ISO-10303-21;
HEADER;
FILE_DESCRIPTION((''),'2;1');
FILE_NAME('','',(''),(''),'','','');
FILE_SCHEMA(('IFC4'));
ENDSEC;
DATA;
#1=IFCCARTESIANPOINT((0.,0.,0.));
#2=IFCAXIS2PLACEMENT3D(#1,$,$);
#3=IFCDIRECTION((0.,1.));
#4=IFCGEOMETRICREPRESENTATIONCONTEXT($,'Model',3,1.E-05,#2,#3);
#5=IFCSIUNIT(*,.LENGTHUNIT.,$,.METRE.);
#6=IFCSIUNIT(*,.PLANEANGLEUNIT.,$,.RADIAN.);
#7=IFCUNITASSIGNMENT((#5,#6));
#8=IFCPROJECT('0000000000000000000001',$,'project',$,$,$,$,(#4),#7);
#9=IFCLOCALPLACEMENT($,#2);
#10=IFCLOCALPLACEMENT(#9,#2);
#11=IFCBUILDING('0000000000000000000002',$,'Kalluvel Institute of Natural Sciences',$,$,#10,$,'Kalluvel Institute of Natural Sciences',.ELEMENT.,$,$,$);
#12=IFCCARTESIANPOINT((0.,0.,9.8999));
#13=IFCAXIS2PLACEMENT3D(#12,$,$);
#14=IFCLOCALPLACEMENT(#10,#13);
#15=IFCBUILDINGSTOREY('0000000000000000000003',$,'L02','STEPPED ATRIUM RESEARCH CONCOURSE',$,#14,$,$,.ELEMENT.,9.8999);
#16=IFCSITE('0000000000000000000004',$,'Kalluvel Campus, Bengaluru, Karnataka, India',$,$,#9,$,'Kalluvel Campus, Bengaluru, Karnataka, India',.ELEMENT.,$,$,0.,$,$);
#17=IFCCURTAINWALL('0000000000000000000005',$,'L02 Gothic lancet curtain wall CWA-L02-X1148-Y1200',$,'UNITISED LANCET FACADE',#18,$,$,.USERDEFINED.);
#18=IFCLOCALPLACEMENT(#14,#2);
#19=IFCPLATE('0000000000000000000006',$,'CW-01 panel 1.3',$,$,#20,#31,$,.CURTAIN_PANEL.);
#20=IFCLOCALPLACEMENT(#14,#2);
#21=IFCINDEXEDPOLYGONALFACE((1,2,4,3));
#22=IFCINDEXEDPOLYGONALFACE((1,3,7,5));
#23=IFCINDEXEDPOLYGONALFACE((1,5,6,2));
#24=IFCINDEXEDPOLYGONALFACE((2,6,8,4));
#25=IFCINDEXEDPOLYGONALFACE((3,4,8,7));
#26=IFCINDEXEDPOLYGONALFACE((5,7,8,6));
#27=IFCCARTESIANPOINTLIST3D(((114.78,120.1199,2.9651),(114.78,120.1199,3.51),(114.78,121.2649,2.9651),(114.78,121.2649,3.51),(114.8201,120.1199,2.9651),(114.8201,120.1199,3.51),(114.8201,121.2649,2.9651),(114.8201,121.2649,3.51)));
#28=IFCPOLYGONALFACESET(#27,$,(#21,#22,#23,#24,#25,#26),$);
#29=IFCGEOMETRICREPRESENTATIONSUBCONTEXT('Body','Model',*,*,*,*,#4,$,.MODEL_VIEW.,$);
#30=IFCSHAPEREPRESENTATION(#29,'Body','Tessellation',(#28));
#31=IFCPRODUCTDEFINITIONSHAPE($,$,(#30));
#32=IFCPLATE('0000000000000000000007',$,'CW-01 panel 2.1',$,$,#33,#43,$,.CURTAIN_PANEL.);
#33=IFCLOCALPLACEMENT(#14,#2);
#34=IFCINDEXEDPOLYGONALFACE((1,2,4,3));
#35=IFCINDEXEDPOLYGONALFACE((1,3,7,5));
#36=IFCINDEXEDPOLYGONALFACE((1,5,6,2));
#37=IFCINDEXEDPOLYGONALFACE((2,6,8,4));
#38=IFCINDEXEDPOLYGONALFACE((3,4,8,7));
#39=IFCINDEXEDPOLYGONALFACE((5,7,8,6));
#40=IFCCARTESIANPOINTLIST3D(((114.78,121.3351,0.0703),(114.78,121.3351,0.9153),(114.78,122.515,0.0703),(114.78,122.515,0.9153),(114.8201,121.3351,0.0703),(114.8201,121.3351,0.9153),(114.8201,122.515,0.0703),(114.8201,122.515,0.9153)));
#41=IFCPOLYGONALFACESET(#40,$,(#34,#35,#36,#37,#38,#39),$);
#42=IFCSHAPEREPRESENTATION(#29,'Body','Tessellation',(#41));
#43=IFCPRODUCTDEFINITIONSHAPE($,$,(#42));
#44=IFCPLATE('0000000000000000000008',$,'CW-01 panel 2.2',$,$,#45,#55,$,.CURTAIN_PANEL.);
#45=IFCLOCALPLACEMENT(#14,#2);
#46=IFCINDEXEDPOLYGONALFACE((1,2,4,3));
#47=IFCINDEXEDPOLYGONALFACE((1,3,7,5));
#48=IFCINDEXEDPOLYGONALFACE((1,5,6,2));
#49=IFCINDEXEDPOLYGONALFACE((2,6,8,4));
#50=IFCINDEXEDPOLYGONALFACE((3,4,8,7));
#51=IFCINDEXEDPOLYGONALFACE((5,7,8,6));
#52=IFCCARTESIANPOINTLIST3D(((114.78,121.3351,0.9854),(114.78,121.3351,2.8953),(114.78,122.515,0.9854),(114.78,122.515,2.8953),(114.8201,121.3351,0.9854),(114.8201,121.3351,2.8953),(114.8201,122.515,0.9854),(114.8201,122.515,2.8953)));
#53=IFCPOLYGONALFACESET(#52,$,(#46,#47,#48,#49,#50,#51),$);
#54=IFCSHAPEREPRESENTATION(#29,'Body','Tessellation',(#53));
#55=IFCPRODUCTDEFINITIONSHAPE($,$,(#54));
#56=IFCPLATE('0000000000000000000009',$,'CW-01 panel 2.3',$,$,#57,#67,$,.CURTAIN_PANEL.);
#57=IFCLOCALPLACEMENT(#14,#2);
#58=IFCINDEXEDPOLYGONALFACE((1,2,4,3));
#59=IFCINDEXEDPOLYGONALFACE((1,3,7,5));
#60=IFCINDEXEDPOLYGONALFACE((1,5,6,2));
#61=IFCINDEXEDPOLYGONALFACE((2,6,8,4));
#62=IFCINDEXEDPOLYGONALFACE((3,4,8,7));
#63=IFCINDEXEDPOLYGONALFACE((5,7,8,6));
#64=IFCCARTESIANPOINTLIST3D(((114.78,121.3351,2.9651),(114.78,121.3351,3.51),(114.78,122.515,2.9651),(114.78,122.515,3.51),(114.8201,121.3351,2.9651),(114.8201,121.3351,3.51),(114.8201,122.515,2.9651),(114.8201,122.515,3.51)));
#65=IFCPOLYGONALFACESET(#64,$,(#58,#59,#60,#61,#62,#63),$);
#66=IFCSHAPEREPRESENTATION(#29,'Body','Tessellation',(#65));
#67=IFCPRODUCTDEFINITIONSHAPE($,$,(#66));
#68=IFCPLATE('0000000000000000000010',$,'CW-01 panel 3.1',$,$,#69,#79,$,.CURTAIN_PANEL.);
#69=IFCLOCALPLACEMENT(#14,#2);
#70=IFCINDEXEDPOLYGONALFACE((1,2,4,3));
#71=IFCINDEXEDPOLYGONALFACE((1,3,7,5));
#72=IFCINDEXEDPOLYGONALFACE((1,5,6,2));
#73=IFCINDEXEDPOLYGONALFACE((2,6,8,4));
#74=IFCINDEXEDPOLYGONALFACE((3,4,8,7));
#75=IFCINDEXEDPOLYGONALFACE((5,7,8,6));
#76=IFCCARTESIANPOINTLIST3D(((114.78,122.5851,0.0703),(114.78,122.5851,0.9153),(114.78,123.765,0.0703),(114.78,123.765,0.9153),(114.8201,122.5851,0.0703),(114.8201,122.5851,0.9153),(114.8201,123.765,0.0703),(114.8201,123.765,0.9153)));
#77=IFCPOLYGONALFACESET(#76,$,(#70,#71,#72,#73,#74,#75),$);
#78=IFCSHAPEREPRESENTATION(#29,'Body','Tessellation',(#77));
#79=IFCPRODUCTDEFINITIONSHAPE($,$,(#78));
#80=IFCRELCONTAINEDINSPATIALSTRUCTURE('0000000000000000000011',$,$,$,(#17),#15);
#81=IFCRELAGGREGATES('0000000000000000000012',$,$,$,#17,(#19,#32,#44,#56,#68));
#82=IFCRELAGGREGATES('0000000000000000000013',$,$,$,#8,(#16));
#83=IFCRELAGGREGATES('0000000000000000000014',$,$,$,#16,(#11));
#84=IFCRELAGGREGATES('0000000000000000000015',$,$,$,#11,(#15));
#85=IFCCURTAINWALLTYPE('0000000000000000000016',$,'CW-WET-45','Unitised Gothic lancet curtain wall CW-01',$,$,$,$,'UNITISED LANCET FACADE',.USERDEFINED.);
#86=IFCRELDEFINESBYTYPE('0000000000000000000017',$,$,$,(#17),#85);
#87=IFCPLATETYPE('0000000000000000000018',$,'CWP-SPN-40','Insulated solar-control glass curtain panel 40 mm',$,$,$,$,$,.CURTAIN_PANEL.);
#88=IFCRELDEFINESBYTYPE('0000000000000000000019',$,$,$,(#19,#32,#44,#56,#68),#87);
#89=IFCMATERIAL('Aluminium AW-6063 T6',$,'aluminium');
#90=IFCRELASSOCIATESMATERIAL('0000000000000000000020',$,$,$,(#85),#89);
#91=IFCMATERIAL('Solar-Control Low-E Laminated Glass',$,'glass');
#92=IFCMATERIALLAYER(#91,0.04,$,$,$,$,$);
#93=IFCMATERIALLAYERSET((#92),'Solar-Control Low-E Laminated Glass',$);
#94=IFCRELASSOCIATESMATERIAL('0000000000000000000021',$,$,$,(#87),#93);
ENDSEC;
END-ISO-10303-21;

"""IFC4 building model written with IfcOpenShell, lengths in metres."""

from ifc_helpers import new_model, si_unit, direction, frame, origin, origin_2d, place, context, subcontext, project, spatial, rectangle, extrude, material, layer, layer_set, type_object, element, aggregate, save


model = new_model("IFC4")

# Units and contexts
model_context = context("Model", 3, precision=1e-05, world=origin(), true_north=direction((0.0, 1.0)))
body_context = subcontext(model_context, "Body", "Model", "MODEL_VIEW")
ifc_project = project(units=[si_unit("LENGTHUNIT", "METRE"), si_unit("PLANEANGLEUNIT", "RADIAN")], contexts=[model_context])

# Site, building, storey
site_placement = place(None, origin())
site = spatial("IfcSite", under=ifc_project, at=site_placement, Name="Kalluvel Campus, Bengaluru, Karnataka, India", LongName="Kalluvel Campus, Bengaluru, Karnataka, India", CompositionType="ELEMENT", RefElevation=0.0)
building_placement = place(site_placement, origin())
building = spatial("IfcBuilding", under=site, at=building_placement, Name="Kalluvel Institute of Natural Sciences", LongName="Kalluvel Institute of Natural Sciences", CompositionType="ELEMENT")
storey_placement = place(building_placement, frame((0.0, 0.0, 9.8999)))
storey = spatial("IfcBuildingStorey", under=building, at=storey_placement, Name="L02", Description="STEPPED ATRIUM RESEARCH CONCOURSE", CompositionType="ELEMENT", Elevation=9.8999)

# Shared definitions
ifc_material_1 = material(Name="Aluminium AW-6063 T6", Category="aluminium")
curtain_wall_type = type_object("IfcCurtainWallType", Name="CW-WET-45", Description="Unitised Gothic lancet curtain wall CW-01", ElementType="UNITISED LANCET FACADE", PredefinedType="USERDEFINED", material=ifc_material_1)

# Curtain wall
curtain_wall_1_placement = place(storey_placement, origin())
curtain_wall_1 = element("IfcCurtainWall", 1, at=curtain_wall_1_placement, inside=storey, type_object=curtain_wall_type, Name="L02 Gothic lancet curtain wall CWA-L02-X1148-Y1200", ObjectType="UNITISED LANCET FACADE", PredefinedType="USERDEFINED")

# Plates
ifc_material_2 = material(Name="Solar-Control Low-E Laminated Glass", Category="glass")
ifc_layer = layer(ifc_material_2, 0.04)
ifc_layer_set = layer_set([ifc_layer], Name="Solar-Control Low-E Laminated Glass")
plate_type = type_object("IfcPlateType", Name="CWP-SPN-40", Description="Insulated solar-control glass curtain panel 40 mm", PredefinedType="CURTAIN_PANEL", material=ifc_layer_set)
plate_1_placement = place(storey_placement, frame((114.8, 120.6924, 2.9651), z_axis=(0.0, 0.0, 1.0), x_axis=(0.0, 1.0, 0.0)))
plate_1 = element("IfcPlate", 2, at=plate_1_placement, type_object=plate_type, Name="CW-01 panel 1.3", PredefinedType="CURTAIN_PANEL", context=body_context, shape_type="SweptSolid", body=[
    extrude(rectangle(XDim=1.145, YDim=0.04, at=origin_2d()), origin(), (0.0, 0.0, 1.0), 0.5449),
])
plate_2_placement = place(storey_placement, frame((114.8, 121.925, 0.0703), z_axis=(0.0, 0.0, 1.0), x_axis=(0.0, 1.0, 0.0)))
plate_2 = element("IfcPlate", 3, at=plate_2_placement, type_object=plate_type, Name="CW-01 panel 2.1", PredefinedType="CURTAIN_PANEL", context=body_context, shape_type="SweptSolid", body=[
    extrude(rectangle(XDim=1.1799, YDim=0.04, at=origin_2d()), origin(), (0.0, 0.0, 1.0), 0.845),
])
plate_3_placement = place(storey_placement, frame((114.8, 121.925, 0.9854), z_axis=(0.0, 0.0, 1.0), x_axis=(0.0, 1.0, 0.0)))
plate_3 = element("IfcPlate", 4, at=plate_3_placement, type_object=plate_type, Name="CW-01 panel 2.2", PredefinedType="CURTAIN_PANEL", context=body_context, shape_type="SweptSolid", body=[
    extrude(rectangle(XDim=1.1799, YDim=0.04, at=origin_2d()), origin(), (0.0, 0.0, 1.0), 1.9099),
])
plate_4_placement = place(storey_placement, frame((114.8, 121.925, 2.9651), z_axis=(0.0, 0.0, 1.0), x_axis=(0.0, 1.0, 0.0)))
plate_4 = element("IfcPlate", 5, at=plate_4_placement, type_object=plate_type, Name="CW-01 panel 2.3", PredefinedType="CURTAIN_PANEL", context=body_context, shape_type="SweptSolid", body=[
    extrude(rectangle(XDim=1.1799, YDim=0.04, at=origin_2d()), origin(), (0.0, 0.0, 1.0), 0.5449),
])
plate_5_placement = place(storey_placement, frame((114.8, 123.175, 0.0703), z_axis=(0.0, 0.0, 1.0), x_axis=(0.0, 1.0, 0.0)))
plate_5 = element("IfcPlate", 6, at=plate_5_placement, type_object=plate_type, Name="CW-01 panel 3.1", PredefinedType="CURTAIN_PANEL", context=body_context, shape_type="SweptSolid", body=[
    extrude(rectangle(XDim=1.1799, YDim=0.04, at=origin_2d()), origin(), (0.0, 0.0, 1.0), 0.845),
])
aggregate(curtain_wall_1, [plate_1, plate_2, plate_3, plate_4, plate_5])

save(model, "model.ifc")
